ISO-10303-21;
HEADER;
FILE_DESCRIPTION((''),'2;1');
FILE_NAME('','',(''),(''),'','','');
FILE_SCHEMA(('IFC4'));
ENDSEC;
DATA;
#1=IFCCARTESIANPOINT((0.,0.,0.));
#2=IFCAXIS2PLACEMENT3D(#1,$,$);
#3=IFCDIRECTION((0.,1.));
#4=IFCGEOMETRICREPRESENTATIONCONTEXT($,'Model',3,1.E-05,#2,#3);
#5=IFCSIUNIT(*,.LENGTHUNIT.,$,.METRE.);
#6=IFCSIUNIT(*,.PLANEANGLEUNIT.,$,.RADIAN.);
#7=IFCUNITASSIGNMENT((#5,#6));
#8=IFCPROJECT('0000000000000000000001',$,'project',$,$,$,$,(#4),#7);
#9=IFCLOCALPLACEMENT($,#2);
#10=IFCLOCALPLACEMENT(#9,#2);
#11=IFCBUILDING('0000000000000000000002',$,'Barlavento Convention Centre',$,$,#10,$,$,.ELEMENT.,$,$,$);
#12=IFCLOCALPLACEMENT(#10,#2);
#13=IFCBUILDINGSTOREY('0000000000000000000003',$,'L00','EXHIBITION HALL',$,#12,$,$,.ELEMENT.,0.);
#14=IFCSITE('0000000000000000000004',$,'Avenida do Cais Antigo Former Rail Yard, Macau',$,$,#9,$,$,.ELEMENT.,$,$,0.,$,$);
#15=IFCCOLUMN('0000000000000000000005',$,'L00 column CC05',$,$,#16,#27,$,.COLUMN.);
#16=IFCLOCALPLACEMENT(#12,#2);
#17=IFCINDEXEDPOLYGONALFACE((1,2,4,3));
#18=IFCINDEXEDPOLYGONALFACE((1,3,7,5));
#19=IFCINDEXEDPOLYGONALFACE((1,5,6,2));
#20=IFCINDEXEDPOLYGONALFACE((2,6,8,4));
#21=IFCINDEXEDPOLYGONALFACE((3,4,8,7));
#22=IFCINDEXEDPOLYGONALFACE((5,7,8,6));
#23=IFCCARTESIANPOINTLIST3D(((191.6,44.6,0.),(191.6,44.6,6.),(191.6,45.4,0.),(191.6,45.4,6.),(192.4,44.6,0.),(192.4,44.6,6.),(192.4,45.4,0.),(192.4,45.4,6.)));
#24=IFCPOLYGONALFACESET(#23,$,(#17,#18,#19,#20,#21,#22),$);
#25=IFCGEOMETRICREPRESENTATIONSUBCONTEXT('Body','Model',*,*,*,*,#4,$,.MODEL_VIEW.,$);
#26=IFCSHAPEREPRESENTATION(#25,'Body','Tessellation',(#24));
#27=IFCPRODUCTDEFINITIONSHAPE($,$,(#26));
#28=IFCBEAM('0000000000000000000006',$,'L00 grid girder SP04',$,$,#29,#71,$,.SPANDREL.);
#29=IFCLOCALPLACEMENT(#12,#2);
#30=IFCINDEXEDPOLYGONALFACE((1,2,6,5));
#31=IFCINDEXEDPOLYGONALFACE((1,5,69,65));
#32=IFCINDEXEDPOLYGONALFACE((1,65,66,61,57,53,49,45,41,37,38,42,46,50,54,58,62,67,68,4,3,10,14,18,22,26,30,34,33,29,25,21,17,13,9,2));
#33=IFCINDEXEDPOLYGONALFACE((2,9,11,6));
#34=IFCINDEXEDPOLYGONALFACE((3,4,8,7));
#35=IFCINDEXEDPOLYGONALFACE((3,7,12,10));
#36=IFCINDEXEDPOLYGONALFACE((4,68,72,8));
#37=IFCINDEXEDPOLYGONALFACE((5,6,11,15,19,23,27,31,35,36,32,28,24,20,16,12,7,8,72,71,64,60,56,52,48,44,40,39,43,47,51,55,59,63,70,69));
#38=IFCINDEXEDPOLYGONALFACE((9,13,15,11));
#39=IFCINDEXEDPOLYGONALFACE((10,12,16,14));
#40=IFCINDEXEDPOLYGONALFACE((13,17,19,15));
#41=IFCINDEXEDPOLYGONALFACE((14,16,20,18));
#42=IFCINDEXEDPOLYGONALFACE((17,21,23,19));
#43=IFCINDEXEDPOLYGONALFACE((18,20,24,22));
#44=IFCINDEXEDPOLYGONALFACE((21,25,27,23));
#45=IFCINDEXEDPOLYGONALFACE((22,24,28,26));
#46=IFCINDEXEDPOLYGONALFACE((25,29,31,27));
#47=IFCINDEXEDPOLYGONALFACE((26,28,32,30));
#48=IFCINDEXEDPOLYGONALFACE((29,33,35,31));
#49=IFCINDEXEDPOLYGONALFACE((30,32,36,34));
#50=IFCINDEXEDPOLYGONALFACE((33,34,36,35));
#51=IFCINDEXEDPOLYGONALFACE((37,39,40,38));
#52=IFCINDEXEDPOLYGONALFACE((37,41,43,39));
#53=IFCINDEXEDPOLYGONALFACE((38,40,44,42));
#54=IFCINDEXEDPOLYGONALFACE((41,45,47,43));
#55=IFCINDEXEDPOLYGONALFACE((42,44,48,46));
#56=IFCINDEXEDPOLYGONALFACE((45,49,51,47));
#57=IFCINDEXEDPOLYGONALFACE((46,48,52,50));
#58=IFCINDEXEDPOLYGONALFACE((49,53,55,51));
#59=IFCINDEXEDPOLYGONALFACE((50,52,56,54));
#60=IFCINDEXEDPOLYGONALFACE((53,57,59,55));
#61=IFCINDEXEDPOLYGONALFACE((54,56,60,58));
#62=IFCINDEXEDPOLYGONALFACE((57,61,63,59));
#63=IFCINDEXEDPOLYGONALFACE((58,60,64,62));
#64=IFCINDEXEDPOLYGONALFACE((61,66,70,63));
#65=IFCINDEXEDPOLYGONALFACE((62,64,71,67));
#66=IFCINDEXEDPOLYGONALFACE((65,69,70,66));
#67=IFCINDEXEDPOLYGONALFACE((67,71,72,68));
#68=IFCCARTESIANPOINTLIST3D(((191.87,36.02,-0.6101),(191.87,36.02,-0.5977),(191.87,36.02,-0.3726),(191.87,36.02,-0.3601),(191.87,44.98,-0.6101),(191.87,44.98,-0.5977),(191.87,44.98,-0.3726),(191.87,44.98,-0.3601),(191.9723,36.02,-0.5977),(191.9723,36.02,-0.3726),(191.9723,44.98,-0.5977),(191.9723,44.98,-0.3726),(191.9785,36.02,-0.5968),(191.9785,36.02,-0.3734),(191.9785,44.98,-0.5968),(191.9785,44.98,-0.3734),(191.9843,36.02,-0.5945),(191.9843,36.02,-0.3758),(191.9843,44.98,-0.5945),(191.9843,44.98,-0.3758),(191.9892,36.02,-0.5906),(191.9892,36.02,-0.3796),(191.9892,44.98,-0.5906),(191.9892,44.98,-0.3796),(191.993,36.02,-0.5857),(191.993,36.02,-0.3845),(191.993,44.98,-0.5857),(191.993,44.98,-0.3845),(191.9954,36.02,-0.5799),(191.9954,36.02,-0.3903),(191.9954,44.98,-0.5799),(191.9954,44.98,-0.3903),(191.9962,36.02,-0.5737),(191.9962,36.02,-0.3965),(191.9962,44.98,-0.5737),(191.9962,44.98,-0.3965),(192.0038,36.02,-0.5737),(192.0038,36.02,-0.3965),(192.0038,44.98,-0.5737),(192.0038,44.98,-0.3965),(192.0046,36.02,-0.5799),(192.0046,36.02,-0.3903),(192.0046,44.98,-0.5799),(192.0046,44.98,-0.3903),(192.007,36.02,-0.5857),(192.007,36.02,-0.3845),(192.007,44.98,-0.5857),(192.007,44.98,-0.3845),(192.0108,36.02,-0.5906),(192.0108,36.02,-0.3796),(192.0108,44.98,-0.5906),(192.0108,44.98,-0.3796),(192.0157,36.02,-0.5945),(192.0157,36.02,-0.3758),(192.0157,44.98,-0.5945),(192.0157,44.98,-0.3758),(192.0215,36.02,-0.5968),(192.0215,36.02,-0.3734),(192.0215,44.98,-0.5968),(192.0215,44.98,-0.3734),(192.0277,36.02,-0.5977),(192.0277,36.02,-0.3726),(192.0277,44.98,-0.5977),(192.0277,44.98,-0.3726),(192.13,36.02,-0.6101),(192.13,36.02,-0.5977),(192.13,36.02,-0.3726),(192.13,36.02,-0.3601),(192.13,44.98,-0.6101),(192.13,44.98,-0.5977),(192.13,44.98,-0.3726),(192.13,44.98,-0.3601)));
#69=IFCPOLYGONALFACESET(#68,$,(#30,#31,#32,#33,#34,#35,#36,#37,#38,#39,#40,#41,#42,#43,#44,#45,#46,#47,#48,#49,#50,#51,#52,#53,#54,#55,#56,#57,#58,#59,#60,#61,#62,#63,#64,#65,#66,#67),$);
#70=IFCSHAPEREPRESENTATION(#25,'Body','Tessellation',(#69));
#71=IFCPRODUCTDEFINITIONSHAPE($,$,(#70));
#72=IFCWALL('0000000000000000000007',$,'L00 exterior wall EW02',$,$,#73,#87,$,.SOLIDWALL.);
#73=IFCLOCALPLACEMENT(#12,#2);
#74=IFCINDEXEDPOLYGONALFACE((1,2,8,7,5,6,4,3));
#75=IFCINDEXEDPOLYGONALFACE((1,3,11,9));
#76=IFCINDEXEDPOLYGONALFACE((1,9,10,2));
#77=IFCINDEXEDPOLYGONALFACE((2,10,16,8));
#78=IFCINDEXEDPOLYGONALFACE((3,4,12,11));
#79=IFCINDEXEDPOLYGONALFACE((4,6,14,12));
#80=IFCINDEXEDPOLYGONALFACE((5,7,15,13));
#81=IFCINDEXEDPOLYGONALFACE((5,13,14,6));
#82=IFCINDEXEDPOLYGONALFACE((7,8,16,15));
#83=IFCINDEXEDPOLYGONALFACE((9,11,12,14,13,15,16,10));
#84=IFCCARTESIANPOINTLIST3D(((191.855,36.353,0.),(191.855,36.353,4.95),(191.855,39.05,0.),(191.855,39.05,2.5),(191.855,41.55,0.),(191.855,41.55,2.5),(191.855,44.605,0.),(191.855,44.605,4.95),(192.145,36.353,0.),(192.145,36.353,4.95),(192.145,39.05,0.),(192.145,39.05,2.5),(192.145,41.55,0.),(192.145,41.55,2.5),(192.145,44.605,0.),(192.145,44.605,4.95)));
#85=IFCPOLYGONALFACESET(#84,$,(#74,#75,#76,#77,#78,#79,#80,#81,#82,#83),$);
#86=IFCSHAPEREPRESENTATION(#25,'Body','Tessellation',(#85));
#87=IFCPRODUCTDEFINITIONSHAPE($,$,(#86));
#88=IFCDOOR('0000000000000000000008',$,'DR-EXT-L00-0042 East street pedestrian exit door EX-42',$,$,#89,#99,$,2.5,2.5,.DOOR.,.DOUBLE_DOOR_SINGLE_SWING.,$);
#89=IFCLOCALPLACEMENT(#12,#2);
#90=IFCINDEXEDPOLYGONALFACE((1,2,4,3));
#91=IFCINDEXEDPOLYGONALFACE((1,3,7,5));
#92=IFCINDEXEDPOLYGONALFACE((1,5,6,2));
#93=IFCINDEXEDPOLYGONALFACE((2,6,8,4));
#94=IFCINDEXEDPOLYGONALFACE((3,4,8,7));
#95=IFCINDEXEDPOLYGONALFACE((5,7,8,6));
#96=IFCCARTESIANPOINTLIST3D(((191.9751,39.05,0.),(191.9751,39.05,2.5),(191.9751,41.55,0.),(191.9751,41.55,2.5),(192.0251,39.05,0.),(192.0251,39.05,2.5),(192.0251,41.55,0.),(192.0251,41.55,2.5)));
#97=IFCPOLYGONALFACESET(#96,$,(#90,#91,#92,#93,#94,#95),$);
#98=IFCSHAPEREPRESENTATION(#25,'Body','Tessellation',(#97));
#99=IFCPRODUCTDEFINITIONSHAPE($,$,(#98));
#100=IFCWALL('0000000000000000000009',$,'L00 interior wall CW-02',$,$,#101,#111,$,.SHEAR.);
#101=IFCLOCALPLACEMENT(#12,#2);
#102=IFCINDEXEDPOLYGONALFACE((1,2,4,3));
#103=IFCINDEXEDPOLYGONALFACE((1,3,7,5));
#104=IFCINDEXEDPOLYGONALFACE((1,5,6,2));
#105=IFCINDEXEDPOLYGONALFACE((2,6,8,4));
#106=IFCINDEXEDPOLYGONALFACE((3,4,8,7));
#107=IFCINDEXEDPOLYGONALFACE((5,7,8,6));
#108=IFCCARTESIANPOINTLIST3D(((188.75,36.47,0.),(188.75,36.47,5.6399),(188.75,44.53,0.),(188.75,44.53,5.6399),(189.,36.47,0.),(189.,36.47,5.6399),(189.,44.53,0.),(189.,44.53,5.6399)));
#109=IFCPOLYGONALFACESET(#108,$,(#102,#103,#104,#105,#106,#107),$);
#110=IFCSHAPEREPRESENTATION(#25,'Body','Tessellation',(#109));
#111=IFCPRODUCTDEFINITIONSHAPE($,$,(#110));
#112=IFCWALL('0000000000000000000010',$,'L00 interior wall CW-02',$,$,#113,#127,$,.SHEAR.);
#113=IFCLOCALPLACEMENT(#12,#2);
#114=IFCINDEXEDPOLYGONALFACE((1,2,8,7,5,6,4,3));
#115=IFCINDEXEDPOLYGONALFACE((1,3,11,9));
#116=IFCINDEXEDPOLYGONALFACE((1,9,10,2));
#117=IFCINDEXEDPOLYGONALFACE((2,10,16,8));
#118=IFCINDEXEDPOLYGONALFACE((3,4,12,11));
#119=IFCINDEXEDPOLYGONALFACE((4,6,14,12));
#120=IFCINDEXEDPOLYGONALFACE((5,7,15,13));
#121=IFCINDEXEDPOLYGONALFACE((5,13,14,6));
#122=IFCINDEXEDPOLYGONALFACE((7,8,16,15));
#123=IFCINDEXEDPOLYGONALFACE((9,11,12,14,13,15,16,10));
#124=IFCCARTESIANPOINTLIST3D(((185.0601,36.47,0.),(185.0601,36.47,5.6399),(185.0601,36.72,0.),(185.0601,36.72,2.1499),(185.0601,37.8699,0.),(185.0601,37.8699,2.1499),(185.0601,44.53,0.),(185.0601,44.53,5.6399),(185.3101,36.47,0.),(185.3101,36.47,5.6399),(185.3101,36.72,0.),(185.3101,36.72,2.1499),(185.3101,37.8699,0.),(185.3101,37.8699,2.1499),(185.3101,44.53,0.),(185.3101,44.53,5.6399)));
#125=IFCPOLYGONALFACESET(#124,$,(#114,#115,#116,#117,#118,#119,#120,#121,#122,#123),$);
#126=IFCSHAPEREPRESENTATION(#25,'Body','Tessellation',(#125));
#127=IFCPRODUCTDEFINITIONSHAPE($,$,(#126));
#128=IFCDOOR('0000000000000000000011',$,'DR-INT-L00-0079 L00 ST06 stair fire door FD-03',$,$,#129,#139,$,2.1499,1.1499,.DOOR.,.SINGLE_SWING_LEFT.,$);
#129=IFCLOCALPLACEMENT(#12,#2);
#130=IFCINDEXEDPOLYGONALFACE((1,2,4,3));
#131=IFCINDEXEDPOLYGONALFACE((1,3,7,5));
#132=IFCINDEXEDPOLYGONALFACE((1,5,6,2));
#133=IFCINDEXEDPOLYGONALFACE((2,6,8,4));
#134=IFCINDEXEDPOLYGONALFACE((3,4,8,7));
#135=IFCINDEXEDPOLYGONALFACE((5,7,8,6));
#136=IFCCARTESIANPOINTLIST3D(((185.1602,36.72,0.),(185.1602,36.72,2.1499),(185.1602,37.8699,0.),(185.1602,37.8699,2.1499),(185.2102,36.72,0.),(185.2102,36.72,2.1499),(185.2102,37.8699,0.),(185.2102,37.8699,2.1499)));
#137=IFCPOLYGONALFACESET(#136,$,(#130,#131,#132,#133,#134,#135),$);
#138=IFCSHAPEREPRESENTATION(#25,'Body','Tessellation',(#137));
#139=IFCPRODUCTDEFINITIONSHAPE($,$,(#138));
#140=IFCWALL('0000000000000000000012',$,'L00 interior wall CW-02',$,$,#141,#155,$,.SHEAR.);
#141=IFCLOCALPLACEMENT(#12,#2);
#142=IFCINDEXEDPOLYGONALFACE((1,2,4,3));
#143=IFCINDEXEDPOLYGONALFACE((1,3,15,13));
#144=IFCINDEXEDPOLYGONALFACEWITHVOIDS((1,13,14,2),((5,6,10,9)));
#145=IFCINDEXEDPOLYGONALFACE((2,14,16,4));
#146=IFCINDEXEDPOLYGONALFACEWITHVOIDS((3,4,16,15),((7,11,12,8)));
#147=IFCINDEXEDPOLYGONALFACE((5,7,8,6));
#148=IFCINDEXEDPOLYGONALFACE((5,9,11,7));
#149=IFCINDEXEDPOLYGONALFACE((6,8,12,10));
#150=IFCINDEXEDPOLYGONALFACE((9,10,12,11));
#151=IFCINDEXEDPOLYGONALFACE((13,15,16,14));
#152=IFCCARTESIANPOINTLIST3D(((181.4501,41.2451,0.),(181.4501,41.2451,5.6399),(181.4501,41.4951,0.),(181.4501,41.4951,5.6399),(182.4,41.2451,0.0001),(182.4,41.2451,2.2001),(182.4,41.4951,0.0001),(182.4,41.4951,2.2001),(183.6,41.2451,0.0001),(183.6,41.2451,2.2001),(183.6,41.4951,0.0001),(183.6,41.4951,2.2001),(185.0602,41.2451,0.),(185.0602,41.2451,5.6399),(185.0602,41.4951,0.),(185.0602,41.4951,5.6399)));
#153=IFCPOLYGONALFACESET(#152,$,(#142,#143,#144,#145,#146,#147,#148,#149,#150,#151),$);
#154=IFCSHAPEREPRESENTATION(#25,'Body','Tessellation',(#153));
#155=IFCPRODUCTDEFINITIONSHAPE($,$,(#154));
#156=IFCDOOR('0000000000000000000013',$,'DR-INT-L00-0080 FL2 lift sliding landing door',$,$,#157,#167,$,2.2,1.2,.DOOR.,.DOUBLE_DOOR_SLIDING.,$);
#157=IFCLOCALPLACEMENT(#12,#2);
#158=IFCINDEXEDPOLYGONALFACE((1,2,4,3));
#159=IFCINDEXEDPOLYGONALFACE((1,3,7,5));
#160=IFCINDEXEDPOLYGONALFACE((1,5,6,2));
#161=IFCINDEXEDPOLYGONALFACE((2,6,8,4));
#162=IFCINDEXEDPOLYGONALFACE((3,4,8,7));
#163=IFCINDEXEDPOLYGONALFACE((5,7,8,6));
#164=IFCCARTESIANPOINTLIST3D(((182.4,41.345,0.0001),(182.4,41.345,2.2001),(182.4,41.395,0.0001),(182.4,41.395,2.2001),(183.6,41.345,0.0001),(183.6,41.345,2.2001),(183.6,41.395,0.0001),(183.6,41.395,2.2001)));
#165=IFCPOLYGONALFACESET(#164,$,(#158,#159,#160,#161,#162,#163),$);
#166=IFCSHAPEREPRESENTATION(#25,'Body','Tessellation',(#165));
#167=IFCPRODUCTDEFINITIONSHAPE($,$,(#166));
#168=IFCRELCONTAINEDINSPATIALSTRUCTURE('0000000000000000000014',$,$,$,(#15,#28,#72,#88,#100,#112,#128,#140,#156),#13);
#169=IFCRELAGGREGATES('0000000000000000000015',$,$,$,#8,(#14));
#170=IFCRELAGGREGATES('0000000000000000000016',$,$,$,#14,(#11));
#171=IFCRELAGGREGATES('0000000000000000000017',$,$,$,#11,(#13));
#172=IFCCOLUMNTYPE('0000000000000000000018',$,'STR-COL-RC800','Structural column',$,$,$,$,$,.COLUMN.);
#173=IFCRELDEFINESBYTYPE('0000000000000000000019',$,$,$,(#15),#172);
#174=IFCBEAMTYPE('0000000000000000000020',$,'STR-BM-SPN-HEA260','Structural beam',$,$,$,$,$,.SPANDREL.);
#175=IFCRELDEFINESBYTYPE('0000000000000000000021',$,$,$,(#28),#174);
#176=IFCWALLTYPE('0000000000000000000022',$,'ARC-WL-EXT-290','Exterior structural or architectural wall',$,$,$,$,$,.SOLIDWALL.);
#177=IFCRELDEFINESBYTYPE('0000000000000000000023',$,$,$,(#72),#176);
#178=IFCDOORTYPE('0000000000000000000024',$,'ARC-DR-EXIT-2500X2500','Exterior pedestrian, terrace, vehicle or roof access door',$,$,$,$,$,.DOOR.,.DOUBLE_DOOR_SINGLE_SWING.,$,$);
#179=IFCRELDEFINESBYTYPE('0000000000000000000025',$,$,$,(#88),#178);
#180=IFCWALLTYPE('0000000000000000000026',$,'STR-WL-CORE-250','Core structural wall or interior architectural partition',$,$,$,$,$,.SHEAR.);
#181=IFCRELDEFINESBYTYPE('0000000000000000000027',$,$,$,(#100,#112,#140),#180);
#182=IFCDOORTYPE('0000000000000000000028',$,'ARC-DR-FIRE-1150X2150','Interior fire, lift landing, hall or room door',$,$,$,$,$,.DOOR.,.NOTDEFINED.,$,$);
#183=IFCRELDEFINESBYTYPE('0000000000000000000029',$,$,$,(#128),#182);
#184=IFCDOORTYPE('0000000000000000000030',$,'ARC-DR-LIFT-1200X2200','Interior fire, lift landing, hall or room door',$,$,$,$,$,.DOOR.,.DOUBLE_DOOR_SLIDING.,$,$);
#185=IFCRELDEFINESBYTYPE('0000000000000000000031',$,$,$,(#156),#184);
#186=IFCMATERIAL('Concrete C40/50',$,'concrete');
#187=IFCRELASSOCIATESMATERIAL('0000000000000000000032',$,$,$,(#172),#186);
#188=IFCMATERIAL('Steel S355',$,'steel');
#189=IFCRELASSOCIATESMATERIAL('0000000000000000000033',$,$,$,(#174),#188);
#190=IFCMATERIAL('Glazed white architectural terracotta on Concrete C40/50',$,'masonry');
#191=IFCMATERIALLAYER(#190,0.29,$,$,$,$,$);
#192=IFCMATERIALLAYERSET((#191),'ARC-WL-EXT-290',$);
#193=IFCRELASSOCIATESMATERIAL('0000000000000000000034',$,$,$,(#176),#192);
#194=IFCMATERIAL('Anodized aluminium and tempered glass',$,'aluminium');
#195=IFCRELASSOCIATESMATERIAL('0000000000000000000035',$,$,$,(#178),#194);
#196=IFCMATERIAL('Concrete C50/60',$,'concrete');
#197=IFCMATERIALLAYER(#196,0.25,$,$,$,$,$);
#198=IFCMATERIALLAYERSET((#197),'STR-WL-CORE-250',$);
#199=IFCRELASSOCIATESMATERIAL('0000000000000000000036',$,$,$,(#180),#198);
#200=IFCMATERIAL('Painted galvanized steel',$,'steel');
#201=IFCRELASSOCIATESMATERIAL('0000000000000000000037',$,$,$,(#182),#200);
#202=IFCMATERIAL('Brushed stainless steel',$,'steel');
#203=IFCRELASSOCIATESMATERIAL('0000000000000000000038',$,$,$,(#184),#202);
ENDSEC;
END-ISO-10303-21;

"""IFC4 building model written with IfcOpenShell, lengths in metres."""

from ifc_helpers import new_model, si_unit, direction, frame, frame_2d, origin, origin_2d, place, context, subcontext, project, spatial, rectangle, i_section, extrude, material, layer, layer_set, material_profile, profile_set, type_object, element, fill, save


model = new_model("IFC4")

# Units and contexts
model_context = context("Model", 3, precision=1e-05, world=origin(), true_north=direction((0.0, 1.0)))
body_context = subcontext(model_context, "Body", "Model", "MODEL_VIEW")
ifc_project = project(units=[si_unit("LENGTHUNIT", "METRE"), si_unit("PLANEANGLEUNIT", "RADIAN")], contexts=[model_context])

# Site, building, storey
site_placement = place(None, origin())
site = spatial("IfcSite", under=ifc_project, at=site_placement, Name="Avenida do Cais Antigo Former Rail Yard, Macau", CompositionType="ELEMENT", RefElevation=0.0)
building_placement = place(site_placement, origin())
building = spatial("IfcBuilding", under=site, at=building_placement, Name="Barlavento Convention Centre", CompositionType="ELEMENT")
storey_placement = place(building_placement, origin())
storey = spatial("IfcBuildingStorey", under=building, at=storey_placement, Name="L00", Description="EXHIBITION HALL", CompositionType="ELEMENT", Elevation=0.0)

# Column
ifc_material_1 = material(Name="Concrete C40/50", Category="concrete")
ifc_material_profile_1 = material_profile(ifc_material_1, rectangle(XDim=0.8, YDim=0.8, at=origin_2d()), Name="RC 800x800")
ifc_profile_set_1 = profile_set([ifc_material_profile_1], Name="Concrete C40/50")
column_type = type_object("IfcColumnType", Name="STR-COL-RC800", Description="Structural column", PredefinedType="COLUMN", material=ifc_profile_set_1)
column_placement = place(storey_placement, frame((192.0, 45.0, 0.0), z_axis=(0.0, 0.0, 1.0), x_axis=(1.0, 0.0, 0.0)))
element("IfcColumn", 1, at=column_placement, inside=storey, type_object=column_type, Name="L00 column CC05", PredefinedType="COLUMN", context=body_context, shape_type="SweptSolid", body=[
    extrude(rectangle(XDim=0.8, YDim=0.8, at=origin_2d()), origin(), (0.0, 0.0, 1.0), 6.0),
])

# Beam
ifc_material_2 = material(Name="Steel S355", Category="steel")
ifc_material_profile_2 = material_profile(ifc_material_2, i_section(OverallWidth=0.26, OverallDepth=0.25, WebThickness=0.0076, FlangeThickness=0.0125, FilletRadius=0.0239, at=origin_2d()), Name="HEA 260")
ifc_profile_set_2 = profile_set([ifc_material_profile_2], Name="Steel S355")
beam_type = type_object("IfcBeamType", Name="STR-BM-SPN-HEA260", Description="Structural beam", PredefinedType="SPANDREL", material=ifc_profile_set_2)
beam_placement = place(storey_placement, frame((192.0, 36.02, -0.4851), z_axis=(0.0, 1.0, 0.0), x_axis=(-1.0, 0.0, 0.0)))
element("IfcBeam", 2, at=beam_placement, inside=storey, type_object=beam_type, Name="L00 grid girder SP04", PredefinedType="SPANDREL", context=body_context, shape_type="SweptSolid", body=[
    extrude(i_section(OverallWidth=0.26, OverallDepth=0.25, WebThickness=0.0076, FlangeThickness=0.0125, FilletRadius=0.0239, at=origin_2d()), origin(), (0.0, 0.0, 1.0), 8.96),
])

# Wall, opening, door
ifc_material_3 = material(Name="Glazed white architectural terracotta on Concrete C40/50", Category="masonry")
ifc_layer_1 = layer(ifc_material_3, 0.29)
ifc_layer_set_1 = layer_set([ifc_layer_1], Name="ARC-WL-EXT-290")
wall_type_1 = type_object("IfcWallType", Name="ARC-WL-EXT-290", Description="Exterior structural or architectural wall", PredefinedType="SOLIDWALL", material=ifc_layer_set_1)
wall_1_placement = place(storey_placement, frame((192.0, 36.353, 0.0), z_axis=(0.0, 0.0, 1.0), x_axis=(0.0, 1.0, 0.0)))
wall_1 = element("IfcWall", 3, at=wall_1_placement, inside=storey, type_object=wall_type_1, Name="L00 exterior wall EW02", PredefinedType="SOLIDWALL", context=body_context, shape_type="SweptSolid", body=[
    extrude(rectangle(XDim=8.252, YDim=0.29, at=frame_2d((4.126, 0.0))), origin(), (0.0, 0.0, 1.0), 4.95),
])
opening_1_placement = place(wall_1_placement, frame((2.697, 0.0, 0.0)))
opening_1 = element("IfcOpeningElement", 4, at=opening_1_placement, cuts=wall_1, PredefinedType="OPENING", context=body_context, shape_type="SweptSolid", body=[
    extrude(rectangle(XDim=2.5, YDim=2.5, at=frame_2d((1.25, 1.25))), frame((0.0, 0.155, 0.0), z_axis=(0.0, -1.0, 0.0), x_axis=(1.0, 0.0, 0.0)), (0.0, 0.0, 1.0), 0.3101),
])
ifc_material_4 = material(Name="Anodized aluminium and tempered glass", Category="aluminium")
door_type_1 = type_object("IfcDoorType", Name="ARC-DR-EXIT-2500X2500", Description="Exterior pedestrian, terrace, vehicle or roof access door", OperationType="DOUBLE_DOOR_SINGLE_SWING", PredefinedType="DOOR", material=ifc_material_4)
door_1_placement = place(opening_1_placement, origin())
door_1 = element("IfcDoor", 5, at=door_1_placement, inside=storey, type_object=door_type_1, Name="DR-EXT-L00-0042 East street pedestrian exit door EX-42", OperationType="DOUBLE_DOOR_SINGLE_SWING", OverallHeight=2.5, OverallWidth=2.5, PredefinedType="DOOR", context=body_context, shape_type="SweptSolid", body=[
    extrude(rectangle(XDim=2.5, YDim=2.5, at=frame_2d((1.25, 1.25))), frame((0.0, 0.0249, 0.0), z_axis=(0.0, -1.0, 0.0), x_axis=(1.0, 0.0, 0.0)), (0.0, 0.0, 1.0), 0.05),
])
fill(opening_1, door_1)

# Wall
ifc_material_5 = material(Name="Concrete C50/60", Category="concrete")
ifc_layer_2 = layer(ifc_material_5, 0.25)
ifc_layer_set_2 = layer_set([ifc_layer_2], Name="STR-WL-CORE-250")
wall_type_2 = type_object("IfcWallType", Name="STR-WL-CORE-250", Description="Core structural wall or interior architectural partition", PredefinedType="SHEAR", material=ifc_layer_set_2)
wall_2_placement = place(storey_placement, frame((188.875, 36.47, 0.0), z_axis=(0.0, 0.0, 1.0), x_axis=(0.0, 1.0, 0.0)))
element("IfcWall", 6, at=wall_2_placement, inside=storey, type_object=wall_type_2, Name="L00 interior wall CW-02", PredefinedType="SHEAR", context=body_context, shape_type="SweptSolid", body=[
    extrude(rectangle(XDim=8.0601, YDim=0.25, at=frame_2d((4.03, 0.0))), origin(), (0.0, 0.0, 1.0), 5.6399),
])

# Walls, openings, doors
wall_3_placement = place(storey_placement, frame((185.1851, 36.47, 0.0), z_axis=(0.0, 0.0, 1.0), x_axis=(0.0, 1.0, 0.0)))
wall_3 = element("IfcWall", 7, at=wall_3_placement, inside=storey, type_object=wall_type_2, Name="L00 interior wall CW-02", PredefinedType="SHEAR", context=body_context, shape_type="SweptSolid", body=[
    extrude(rectangle(XDim=8.0601, YDim=0.25, at=frame_2d((4.03, 0.0))), origin(), (0.0, 0.0, 1.0), 5.6399),
])
opening_2_placement = place(wall_3_placement, frame((0.25, 0.0, 0.0)))
opening_2 = element("IfcOpeningElement", 8, at=opening_2_placement, cuts=wall_3, PredefinedType="OPENING", context=body_context, shape_type="SweptSolid", body=[
    extrude(rectangle(XDim=1.1499, YDim=2.1499, at=frame_2d((0.575, 1.075))), frame((0.0, 0.135, 0.0), z_axis=(0.0, -1.0, 0.0), x_axis=(1.0, 0.0, 0.0)), (0.0, 0.0, 1.0), 0.27),
])
ifc_material_6 = material(Name="Painted galvanized steel", Category="steel")
door_type_2 = type_object("IfcDoorType", Name="ARC-DR-FIRE-1150X2150", Description="Interior fire, lift landing, hall or room door", OperationType="NOTDEFINED", PredefinedType="DOOR", material=ifc_material_6)
door_2_placement = place(opening_2_placement, origin())
door_2 = element("IfcDoor", 9, at=door_2_placement, inside=storey, type_object=door_type_2, Name="DR-INT-L00-0079 L00 ST06 stair fire door FD-03", OperationType="SINGLE_SWING_LEFT", OverallHeight=2.1499, OverallWidth=1.1499, PredefinedType="DOOR", context=body_context, shape_type="SweptSolid", body=[
    extrude(rectangle(XDim=1.1499, YDim=2.1499, at=frame_2d((0.575, 1.075))), frame((0.0, 0.0249, 0.0), z_axis=(0.0, -1.0, 0.0), x_axis=(1.0, 0.0, 0.0)), (0.0, 0.0, 1.0), 0.05),
])
fill(opening_2, door_2)
wall_4_placement = place(storey_placement, frame((181.45, 41.3701, 0.0), z_axis=(0.0, 0.0, 1.0), x_axis=(1.0, 0.0, 0.0)))
wall_4 = element("IfcWall", 10, at=wall_4_placement, inside=storey, type_object=wall_type_2, Name="L00 interior wall CW-02", PredefinedType="SHEAR", context=body_context, shape_type="SweptSolid", body=[
    extrude(rectangle(XDim=3.6101, YDim=0.25, at=frame_2d((1.8052, 0.0))), origin(), (0.0, 0.0, 1.0), 5.6399),
])
opening_3_placement = place(wall_4_placement, frame((0.95, 0.0, 0.0)))
opening_3 = element("IfcOpeningElement", 11, at=opening_3_placement, cuts=wall_4, PredefinedType="OPENING", context=body_context, shape_type="SweptSolid", body=[
    extrude(rectangle(XDim=1.2, YDim=2.2, at=frame_2d((0.6001, 1.1001))), frame((0.0, 0.135, 0.0), z_axis=(0.0, -1.0, 0.0), x_axis=(1.0, 0.0, 0.0)), (0.0, 0.0, 1.0), 0.27),
])
ifc_material_7 = material(Name="Brushed stainless steel", Category="steel")
door_type_3 = type_object("IfcDoorType", Name="ARC-DR-LIFT-1200X2200", Description="Interior fire, lift landing, hall or room door", OperationType="DOUBLE_DOOR_SLIDING", PredefinedType="DOOR", material=ifc_material_7)
door_3_placement = place(opening_3_placement, origin())
door_3 = element("IfcDoor", 12, at=door_3_placement, inside=storey, type_object=door_type_3, Name="DR-INT-L00-0080 FL2 lift sliding landing door", OperationType="DOUBLE_DOOR_SLIDING", OverallHeight=2.2, OverallWidth=1.2, PredefinedType="DOOR", context=body_context, shape_type="SweptSolid", body=[
    extrude(rectangle(XDim=1.2, YDim=2.2, at=frame_2d((0.6001, 1.1001))), frame((0.0, 0.0249, 0.0), z_axis=(0.0, -1.0, 0.0), x_axis=(1.0, 0.0, 0.0)), (0.0, 0.0, 1.0), 0.05),
])
fill(opening_3, door_3)

save(model, "model.ifc")
